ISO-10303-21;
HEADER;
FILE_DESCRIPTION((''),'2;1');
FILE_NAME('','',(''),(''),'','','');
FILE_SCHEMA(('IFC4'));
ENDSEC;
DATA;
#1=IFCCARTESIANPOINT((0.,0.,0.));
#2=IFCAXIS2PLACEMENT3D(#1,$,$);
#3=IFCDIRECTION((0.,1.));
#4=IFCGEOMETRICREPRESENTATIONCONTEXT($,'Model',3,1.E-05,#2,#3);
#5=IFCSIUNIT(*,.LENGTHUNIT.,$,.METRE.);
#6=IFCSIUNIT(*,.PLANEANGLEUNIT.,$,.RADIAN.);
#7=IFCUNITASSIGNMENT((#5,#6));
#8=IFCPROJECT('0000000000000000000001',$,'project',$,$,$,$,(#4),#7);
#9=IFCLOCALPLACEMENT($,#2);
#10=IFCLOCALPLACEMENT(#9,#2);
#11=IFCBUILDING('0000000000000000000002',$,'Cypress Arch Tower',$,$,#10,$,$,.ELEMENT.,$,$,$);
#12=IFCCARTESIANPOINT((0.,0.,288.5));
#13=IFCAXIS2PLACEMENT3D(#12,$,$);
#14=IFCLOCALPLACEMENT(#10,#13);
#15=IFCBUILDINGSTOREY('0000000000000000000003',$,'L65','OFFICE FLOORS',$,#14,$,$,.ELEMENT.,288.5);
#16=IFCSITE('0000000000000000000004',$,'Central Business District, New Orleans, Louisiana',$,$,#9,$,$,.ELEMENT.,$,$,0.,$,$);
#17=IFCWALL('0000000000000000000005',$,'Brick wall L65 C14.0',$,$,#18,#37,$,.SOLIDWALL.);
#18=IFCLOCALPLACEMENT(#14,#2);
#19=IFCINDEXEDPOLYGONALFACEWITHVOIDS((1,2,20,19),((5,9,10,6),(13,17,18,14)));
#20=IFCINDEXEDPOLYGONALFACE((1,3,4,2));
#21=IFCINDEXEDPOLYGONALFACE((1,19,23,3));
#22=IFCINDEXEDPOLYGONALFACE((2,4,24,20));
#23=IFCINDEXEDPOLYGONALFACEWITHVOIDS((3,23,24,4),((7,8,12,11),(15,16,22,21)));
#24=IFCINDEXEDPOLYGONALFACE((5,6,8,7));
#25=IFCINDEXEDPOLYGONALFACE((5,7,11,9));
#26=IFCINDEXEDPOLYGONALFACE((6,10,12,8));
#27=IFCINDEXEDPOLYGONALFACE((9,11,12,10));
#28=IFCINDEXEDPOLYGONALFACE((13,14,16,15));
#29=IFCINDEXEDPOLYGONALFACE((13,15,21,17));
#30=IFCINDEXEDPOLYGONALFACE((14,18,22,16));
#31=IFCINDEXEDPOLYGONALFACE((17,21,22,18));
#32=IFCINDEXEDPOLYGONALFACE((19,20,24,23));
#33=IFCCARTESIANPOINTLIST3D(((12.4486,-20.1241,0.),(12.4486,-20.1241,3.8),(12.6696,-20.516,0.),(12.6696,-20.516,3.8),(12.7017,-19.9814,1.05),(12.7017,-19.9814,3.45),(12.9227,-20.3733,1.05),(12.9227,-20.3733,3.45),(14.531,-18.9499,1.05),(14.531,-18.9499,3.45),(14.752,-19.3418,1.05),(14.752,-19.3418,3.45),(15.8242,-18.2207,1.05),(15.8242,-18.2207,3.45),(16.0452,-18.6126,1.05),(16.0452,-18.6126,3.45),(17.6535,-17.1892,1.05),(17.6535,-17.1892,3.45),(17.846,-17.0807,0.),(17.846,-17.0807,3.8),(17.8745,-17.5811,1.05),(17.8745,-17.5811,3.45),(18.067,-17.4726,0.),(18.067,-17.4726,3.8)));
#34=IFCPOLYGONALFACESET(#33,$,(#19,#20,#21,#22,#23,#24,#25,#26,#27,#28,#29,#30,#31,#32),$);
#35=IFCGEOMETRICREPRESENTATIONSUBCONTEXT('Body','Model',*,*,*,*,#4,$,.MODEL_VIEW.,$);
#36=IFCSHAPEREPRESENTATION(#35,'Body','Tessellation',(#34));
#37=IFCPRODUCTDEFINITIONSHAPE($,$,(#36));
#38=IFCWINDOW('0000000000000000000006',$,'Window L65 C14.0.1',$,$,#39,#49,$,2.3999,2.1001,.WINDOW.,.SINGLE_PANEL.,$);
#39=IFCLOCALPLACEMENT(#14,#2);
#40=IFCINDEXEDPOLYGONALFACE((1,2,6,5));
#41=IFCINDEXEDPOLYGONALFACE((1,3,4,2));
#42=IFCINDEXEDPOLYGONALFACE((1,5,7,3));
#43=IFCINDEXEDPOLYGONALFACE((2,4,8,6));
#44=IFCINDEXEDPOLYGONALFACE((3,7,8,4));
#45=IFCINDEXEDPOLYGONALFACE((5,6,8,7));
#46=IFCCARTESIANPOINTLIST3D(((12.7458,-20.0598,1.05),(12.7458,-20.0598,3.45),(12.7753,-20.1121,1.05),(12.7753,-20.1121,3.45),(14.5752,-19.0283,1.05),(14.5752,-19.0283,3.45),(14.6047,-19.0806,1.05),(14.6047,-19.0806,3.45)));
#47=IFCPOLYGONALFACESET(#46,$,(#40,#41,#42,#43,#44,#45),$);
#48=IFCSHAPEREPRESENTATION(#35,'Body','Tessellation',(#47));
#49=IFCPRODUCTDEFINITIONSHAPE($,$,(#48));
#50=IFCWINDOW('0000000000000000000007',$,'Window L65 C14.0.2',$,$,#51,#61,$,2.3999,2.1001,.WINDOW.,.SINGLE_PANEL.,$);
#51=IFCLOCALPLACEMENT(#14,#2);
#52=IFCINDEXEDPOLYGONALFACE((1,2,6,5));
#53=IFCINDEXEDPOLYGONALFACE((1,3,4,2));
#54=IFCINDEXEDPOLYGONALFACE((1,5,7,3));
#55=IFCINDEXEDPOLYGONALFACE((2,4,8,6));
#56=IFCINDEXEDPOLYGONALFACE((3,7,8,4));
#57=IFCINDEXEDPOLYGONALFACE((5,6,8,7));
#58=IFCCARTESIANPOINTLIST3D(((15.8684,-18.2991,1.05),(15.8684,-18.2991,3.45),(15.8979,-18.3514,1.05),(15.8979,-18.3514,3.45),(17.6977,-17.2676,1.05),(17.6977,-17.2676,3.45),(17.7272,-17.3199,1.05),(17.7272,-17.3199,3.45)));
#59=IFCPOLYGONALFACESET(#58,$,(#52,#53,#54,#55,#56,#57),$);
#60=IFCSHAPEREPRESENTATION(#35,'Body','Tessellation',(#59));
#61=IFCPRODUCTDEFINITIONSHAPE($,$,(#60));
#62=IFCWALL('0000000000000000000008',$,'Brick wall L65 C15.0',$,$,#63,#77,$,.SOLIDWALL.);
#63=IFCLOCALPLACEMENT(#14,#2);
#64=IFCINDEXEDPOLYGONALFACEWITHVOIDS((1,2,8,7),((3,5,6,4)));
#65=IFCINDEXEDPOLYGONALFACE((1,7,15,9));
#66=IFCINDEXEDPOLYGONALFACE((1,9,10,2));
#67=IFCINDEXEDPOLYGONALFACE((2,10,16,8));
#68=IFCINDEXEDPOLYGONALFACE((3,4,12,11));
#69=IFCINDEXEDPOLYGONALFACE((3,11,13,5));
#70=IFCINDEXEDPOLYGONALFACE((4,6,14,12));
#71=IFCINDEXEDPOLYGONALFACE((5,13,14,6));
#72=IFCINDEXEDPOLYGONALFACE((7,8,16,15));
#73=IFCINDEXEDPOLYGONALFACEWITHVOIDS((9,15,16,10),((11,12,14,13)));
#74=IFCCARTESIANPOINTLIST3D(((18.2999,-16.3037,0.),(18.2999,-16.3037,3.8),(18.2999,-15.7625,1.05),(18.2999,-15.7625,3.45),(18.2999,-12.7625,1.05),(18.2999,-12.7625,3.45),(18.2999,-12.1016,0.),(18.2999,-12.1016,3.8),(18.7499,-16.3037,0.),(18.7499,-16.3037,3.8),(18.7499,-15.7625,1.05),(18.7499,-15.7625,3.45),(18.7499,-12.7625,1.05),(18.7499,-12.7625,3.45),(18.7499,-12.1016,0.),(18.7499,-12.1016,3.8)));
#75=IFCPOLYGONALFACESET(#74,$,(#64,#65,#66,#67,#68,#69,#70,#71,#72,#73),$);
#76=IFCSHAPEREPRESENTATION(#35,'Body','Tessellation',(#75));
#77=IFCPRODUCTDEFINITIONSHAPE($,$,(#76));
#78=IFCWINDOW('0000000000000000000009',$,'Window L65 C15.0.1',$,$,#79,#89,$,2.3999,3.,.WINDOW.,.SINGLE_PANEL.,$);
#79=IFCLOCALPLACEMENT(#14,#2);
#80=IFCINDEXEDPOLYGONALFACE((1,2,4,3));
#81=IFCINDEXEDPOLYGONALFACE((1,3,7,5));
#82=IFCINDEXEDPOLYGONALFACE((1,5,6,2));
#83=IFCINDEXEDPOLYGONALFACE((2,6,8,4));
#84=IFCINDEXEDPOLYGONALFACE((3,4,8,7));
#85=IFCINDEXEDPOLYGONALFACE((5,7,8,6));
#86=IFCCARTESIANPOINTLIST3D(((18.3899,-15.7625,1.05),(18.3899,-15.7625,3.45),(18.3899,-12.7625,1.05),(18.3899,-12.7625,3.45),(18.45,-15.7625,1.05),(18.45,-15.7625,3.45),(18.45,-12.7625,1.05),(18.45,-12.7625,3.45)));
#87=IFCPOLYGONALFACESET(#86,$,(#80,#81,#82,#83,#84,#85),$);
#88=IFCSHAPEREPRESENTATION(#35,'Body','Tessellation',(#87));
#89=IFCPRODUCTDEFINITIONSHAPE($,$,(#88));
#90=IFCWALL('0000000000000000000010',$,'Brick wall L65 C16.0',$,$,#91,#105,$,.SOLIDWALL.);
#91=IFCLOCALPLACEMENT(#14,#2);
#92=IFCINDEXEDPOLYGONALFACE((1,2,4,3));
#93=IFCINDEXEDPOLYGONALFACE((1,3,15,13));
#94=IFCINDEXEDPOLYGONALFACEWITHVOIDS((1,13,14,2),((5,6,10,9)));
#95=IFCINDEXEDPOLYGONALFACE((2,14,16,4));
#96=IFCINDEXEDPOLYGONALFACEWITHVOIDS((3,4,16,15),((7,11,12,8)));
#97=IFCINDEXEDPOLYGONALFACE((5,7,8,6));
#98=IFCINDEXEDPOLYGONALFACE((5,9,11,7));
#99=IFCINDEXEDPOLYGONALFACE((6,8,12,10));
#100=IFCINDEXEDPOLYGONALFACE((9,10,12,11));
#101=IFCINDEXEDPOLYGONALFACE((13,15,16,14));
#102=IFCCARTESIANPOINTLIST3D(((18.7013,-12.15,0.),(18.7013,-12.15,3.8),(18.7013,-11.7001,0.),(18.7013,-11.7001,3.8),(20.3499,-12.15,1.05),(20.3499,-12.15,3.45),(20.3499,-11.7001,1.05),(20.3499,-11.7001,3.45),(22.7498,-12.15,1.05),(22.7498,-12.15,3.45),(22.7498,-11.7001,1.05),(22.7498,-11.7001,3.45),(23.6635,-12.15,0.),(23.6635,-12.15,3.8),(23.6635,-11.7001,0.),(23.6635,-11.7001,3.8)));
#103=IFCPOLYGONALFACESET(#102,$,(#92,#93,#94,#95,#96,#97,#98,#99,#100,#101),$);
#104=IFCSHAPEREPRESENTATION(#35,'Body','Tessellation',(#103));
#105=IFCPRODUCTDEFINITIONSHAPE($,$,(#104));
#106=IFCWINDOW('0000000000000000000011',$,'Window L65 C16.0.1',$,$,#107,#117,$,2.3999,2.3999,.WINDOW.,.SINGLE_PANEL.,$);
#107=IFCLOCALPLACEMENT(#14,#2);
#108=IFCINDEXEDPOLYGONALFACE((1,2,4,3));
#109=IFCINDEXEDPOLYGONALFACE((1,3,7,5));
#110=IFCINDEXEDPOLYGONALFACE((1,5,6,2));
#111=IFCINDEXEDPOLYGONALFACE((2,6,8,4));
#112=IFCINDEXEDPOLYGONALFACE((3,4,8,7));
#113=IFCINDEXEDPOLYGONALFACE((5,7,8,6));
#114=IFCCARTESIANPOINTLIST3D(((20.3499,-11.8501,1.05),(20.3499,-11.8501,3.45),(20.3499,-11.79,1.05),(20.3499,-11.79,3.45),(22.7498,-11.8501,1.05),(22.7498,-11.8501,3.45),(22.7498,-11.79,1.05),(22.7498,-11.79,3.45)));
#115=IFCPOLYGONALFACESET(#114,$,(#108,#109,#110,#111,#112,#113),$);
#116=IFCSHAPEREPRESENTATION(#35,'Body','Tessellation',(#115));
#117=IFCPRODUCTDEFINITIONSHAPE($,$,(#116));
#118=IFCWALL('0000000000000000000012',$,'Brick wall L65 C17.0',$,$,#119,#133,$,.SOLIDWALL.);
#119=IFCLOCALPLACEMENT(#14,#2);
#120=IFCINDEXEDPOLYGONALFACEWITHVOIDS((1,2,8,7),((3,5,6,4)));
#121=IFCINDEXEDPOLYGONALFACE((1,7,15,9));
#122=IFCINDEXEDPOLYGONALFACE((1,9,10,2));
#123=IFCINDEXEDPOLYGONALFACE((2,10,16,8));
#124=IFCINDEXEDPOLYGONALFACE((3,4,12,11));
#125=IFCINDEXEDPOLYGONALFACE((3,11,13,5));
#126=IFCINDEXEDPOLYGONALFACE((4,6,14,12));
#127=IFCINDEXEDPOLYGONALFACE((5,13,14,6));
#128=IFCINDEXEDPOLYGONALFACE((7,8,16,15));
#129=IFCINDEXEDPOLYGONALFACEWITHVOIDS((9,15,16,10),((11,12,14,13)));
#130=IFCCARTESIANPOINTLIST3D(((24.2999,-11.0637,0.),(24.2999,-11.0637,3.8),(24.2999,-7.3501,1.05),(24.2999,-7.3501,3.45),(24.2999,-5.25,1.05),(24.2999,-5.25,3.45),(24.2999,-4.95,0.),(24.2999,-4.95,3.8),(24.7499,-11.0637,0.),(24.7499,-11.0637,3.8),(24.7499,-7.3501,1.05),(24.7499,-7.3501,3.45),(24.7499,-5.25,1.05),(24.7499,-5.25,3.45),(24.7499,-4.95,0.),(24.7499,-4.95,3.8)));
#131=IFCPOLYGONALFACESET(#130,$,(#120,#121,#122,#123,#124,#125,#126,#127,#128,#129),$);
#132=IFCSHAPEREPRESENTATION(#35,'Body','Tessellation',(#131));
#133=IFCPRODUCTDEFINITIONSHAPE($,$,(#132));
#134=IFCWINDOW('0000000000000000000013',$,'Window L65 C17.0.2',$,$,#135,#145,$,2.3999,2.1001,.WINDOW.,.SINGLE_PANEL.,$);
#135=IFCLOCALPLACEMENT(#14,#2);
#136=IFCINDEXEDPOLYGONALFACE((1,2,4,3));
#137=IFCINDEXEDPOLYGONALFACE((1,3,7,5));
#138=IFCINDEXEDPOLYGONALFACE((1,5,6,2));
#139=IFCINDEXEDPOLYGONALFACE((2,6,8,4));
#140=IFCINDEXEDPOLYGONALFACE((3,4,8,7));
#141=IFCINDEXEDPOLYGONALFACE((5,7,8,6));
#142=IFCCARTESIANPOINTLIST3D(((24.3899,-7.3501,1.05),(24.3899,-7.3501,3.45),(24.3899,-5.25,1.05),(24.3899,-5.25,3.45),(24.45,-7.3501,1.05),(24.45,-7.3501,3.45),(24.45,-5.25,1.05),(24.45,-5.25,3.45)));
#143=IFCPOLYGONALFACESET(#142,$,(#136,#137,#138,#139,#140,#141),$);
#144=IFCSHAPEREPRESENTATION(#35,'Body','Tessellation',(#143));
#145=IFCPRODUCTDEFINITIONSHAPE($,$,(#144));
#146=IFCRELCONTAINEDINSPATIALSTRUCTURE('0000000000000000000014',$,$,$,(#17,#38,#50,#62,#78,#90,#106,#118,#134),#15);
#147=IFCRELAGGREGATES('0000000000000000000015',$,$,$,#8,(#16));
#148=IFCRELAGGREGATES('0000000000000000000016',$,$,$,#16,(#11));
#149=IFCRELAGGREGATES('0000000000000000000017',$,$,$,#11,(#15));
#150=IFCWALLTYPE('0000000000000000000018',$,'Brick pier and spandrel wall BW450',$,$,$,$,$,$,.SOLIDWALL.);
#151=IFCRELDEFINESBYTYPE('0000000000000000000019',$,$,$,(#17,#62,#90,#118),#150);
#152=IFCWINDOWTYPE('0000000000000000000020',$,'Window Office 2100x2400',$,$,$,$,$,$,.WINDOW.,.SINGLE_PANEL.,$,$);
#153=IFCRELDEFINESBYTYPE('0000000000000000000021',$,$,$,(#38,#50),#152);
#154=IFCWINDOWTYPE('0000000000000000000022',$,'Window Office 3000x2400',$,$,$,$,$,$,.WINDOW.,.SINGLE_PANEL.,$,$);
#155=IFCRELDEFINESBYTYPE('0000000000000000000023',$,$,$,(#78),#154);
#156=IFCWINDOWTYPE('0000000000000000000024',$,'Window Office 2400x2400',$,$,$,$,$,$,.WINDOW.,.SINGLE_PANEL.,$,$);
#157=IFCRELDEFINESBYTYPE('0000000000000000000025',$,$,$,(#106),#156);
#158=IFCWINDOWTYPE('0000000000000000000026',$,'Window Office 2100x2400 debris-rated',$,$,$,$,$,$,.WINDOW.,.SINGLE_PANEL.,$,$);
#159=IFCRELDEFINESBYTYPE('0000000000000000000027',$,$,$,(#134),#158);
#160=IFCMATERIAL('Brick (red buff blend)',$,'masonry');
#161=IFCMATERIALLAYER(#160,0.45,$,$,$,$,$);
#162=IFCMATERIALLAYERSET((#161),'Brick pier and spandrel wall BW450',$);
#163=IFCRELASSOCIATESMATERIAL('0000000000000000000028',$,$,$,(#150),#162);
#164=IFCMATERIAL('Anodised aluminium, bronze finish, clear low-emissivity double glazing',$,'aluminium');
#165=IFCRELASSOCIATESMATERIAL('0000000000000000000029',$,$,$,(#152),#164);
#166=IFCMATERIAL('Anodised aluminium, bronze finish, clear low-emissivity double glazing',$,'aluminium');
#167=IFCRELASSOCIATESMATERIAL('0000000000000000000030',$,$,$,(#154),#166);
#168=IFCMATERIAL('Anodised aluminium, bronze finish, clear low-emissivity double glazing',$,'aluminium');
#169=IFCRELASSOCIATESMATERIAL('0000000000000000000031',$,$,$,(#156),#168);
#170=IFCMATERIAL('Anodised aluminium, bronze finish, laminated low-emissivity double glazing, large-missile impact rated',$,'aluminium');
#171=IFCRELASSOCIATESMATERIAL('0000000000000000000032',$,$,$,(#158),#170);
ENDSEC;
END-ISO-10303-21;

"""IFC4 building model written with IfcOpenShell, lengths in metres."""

from ifc_helpers import new_model, si_unit, direction, frame, frame_2d, origin, place, context, subcontext, project, spatial, rectangle, extrude, material, layer, layer_set, type_object, element, fill, save


model = new_model("IFC4")

# Units and contexts
model_context = context("Model", 3, precision=1e-05, world=origin(), true_north=direction((0.0, 1.0)))
body_context = subcontext(model_context, "Body", "Model", "MODEL_VIEW")
ifc_project = project(units=[si_unit("LENGTHUNIT", "METRE"), si_unit("PLANEANGLEUNIT", "RADIAN")], contexts=[model_context])

# Site, building, storey
site_placement = place(None, origin())
site = spatial("IfcSite", under=ifc_project, at=site_placement, Name="Central Business District, New Orleans, Louisiana", CompositionType="ELEMENT", RefElevation=0.0)
building_placement = place(site_placement, origin())
building = spatial("IfcBuilding", under=site, at=building_placement, Name="Cypress Arch Tower", CompositionType="ELEMENT")
storey_placement = place(building_placement, frame((0.0, 0.0, 288.5)))
storey = spatial("IfcBuildingStorey", under=building, at=storey_placement, Name="L65", Description="OFFICE FLOORS", CompositionType="ELEMENT", Elevation=288.5)

# Wall, openings, windows
ifc_material_1 = material(Name="Brick (red buff blend)", Category="masonry")
ifc_layer_1 = layer(ifc_material_1, 0.45)
ifc_layer_set_1 = layer_set([ifc_layer_1], Name="Brick pier and spandrel wall BW450")
wall_type_1 = type_object("IfcWallType", Name="Brick pier and spandrel wall BW450", PredefinedType="SOLIDWALL", material=ifc_layer_set_1)
wall_1_placement = place(storey_placement, frame((12.5591, -20.3201, 0.0), z_axis=(0.0, 0.0, 1.0), x_axis=(0.871066, 0.491166, 0.0)))
wall_1 = element("IfcWall", 1, at=wall_1_placement, inside=storey, type_object=wall_type_1, Name="Brick wall L65 C14.0", PredefinedType="SOLIDWALL", context=body_context, shape_type="SweptSolid", body=[
    extrude(rectangle(XDim=6.1963, YDim=0.45, at=frame_2d((3.0981, 0.0))), origin(), (0.0, 0.0, 1.0), 3.8),
])
opening_1_placement = place(wall_1_placement, frame((0.2905, 0.0, 1.05)))
opening_1 = element("IfcOpeningElement", 2, at=opening_1_placement, cuts=wall_1, PredefinedType="OPENING", context=body_context, shape_type="SweptSolid", body=[
    extrude(rectangle(XDim=2.1001, YDim=2.3999, at=frame_2d((1.05, 1.2))), frame((0.0, 0.2349, 0.0), z_axis=(0.0, -1.0, 0.0), x_axis=(1.0, 0.0, 0.0)), (0.0, 0.0, 1.0), 0.47),
])
opening_2_placement = place(wall_1_placement, frame((3.8752, 0.0, 1.05)))
opening_2 = element("IfcOpeningElement", 3, at=opening_2_placement, cuts=wall_1, PredefinedType="OPENING", context=body_context, shape_type="SweptSolid", body=[
    extrude(rectangle(XDim=2.1001, YDim=2.3999, at=frame_2d((1.05, 1.2))), frame((0.0, 0.2349, 0.0), z_axis=(0.0, -1.0, 0.0), x_axis=(1.0, 0.0, 0.0)), (0.0, 0.0, 1.0), 0.47),
])
ifc_material_2 = material(Name="Anodised aluminium, bronze finish, clear low-emissivity double glazing", Category="aluminium")
window_type_1 = type_object("IfcWindowType", Name="Window Office 2100x2400", PartitioningType="SINGLE_PANEL", PredefinedType="WINDOW", material=ifc_material_2)
window_1_placement = place(opening_1_placement, origin())
window_1 = element("IfcWindow", 4, at=window_1_placement, inside=storey, type_object=window_type_1, Name="Window L65 C14.0.1", OverallHeight=2.3999, OverallWidth=2.1001, PartitioningType="SINGLE_PANEL", PredefinedType="WINDOW", context=body_context, shape_type="SweptSolid", body=[
    extrude(rectangle(XDim=2.1001, YDim=2.3999, at=frame_2d((1.05, 1.2))), frame((0.0, 0.135, 0.0), z_axis=(0.0, -1.0, 0.0), x_axis=(1.0, 0.0, 0.0)), (0.0, 0.0, 1.0), 0.0601),
])
fill(opening_1, window_1)
window_2_placement = place(opening_2_placement, origin())
window_2 = element("IfcWindow", 5, at=window_2_placement, inside=storey, type_object=window_type_1, Name="Window L65 C14.0.2", OverallHeight=2.3999, OverallWidth=2.1001, PartitioningType="SINGLE_PANEL", PredefinedType="WINDOW", context=body_context, shape_type="SweptSolid", body=[
    extrude(rectangle(XDim=2.1001, YDim=2.3999, at=frame_2d((1.05, 1.2))), frame((0.0, 0.135, 0.0), z_axis=(0.0, -1.0, 0.0), x_axis=(1.0, 0.0, 0.0)), (0.0, 0.0, 1.0), 0.0601),
])
fill(opening_2, window_2)

# Walls, openings, windows
wall_2_placement = place(storey_placement, frame((18.5249, -16.3037, 0.0), z_axis=(0.0, 0.0, 1.0), x_axis=(0.0, 1.0, 0.0)))
wall_2 = element("IfcWall", 6, at=wall_2_placement, inside=storey, type_object=wall_type_1, Name="Brick wall L65 C15.0", PredefinedType="SOLIDWALL", context=body_context, shape_type="SweptSolid", body=[
    extrude(rectangle(XDim=4.2021, YDim=0.45, at=frame_2d((2.1011, 0.0))), origin(), (0.0, 0.0, 1.0), 3.8),
])
opening_3_placement = place(wall_2_placement, frame((0.5413, 0.0, 1.05)))
opening_3 = element("IfcOpeningElement", 7, at=opening_3_placement, cuts=wall_2, PredefinedType="OPENING", context=body_context, shape_type="SweptSolid", body=[
    extrude(rectangle(XDim=3.0, YDim=2.3999, at=frame_2d((1.5, 1.2))), frame((0.0, 0.2349, 0.0), z_axis=(0.0, -1.0, 0.0), x_axis=(1.0, 0.0, 0.0)), (0.0, 0.0, 1.0), 0.47),
])
ifc_material_3 = material(Name="Anodised aluminium, bronze finish, clear low-emissivity double glazing", Category="aluminium")
window_type_2 = type_object("IfcWindowType", Name="Window Office 3000x2400", PartitioningType="SINGLE_PANEL", PredefinedType="WINDOW", material=ifc_material_3)
window_3_placement = place(opening_3_placement, origin())
window_3 = element("IfcWindow", 8, at=window_3_placement, inside=storey, type_object=window_type_2, Name="Window L65 C15.0.1", OverallHeight=2.3999, OverallWidth=3.0, PartitioningType="SINGLE_PANEL", PredefinedType="WINDOW", context=body_context, shape_type="SweptSolid", body=[
    extrude(rectangle(XDim=3.0, YDim=2.3999, at=frame_2d((1.5, 1.2))), frame((0.0, 0.135, 0.0), z_axis=(0.0, -1.0, 0.0), x_axis=(1.0, 0.0, 0.0)), (0.0, 0.0, 1.0), 0.0601),
])
fill(opening_3, window_3)
wall_3_placement = place(storey_placement, frame((18.7014, -11.925, 0.0), z_axis=(0.0, 0.0, 1.0), x_axis=(1.0, 0.0, 0.0)))
wall_3 = element("IfcWall", 9, at=wall_3_placement, inside=storey, type_object=wall_type_1, Name="Brick wall L65 C16.0", PredefinedType="SOLIDWALL", context=body_context, shape_type="SweptSolid", body=[
    extrude(rectangle(XDim=4.9622, YDim=0.45, at=frame_2d((2.481, 0.0))), origin(), (0.0, 0.0, 1.0), 3.8),
])
opening_4_placement = place(wall_3_placement, frame((1.6484, 0.0, 1.05)))
opening_4 = element("IfcOpeningElement", 10, at=opening_4_placement, cuts=wall_3, PredefinedType="OPENING", context=body_context, shape_type="SweptSolid", body=[
    extrude(rectangle(XDim=2.3999, YDim=2.3999, at=frame_2d((1.2, 1.2))), frame((0.0, 0.2349, 0.0), z_axis=(0.0, -1.0, 0.0), x_axis=(1.0, 0.0, 0.0)), (0.0, 0.0, 1.0), 0.47),
])
ifc_material_4 = material(Name="Anodised aluminium, bronze finish, clear low-emissivity double glazing", Category="aluminium")
window_type_3 = type_object("IfcWindowType", Name="Window Office 2400x2400", PartitioningType="SINGLE_PANEL", PredefinedType="WINDOW", material=ifc_material_4)
window_4_placement = place(opening_4_placement, origin())
window_4 = element("IfcWindow", 11, at=window_4_placement, inside=storey, type_object=window_type_3, Name="Window L65 C16.0.1", OverallHeight=2.3999, OverallWidth=2.3999, PartitioningType="SINGLE_PANEL", PredefinedType="WINDOW", context=body_context, shape_type="SweptSolid", body=[
    extrude(rectangle(XDim=2.3999, YDim=2.3999, at=frame_2d((1.2, 1.2))), frame((0.0, 0.135, 0.0), z_axis=(0.0, -1.0, 0.0), x_axis=(1.0, 0.0, 0.0)), (0.0, 0.0, 1.0), 0.0601),
])
fill(opening_4, window_4)
wall_4_placement = place(storey_placement, frame((24.5249, -11.0637, 0.0), z_axis=(0.0, 0.0, 1.0), x_axis=(0.0, 1.0, 0.0)))
wall_4 = element("IfcWall", 12, at=wall_4_placement, inside=storey, type_object=wall_type_1, Name="Brick wall L65 C17.0", PredefinedType="SOLIDWALL", context=body_context, shape_type="SweptSolid", body=[
    extrude(rectangle(XDim=6.1138, YDim=0.45, at=frame_2d((3.0569, 0.0))), origin(), (0.0, 0.0, 1.0), 3.8),
])
opening_5_placement = place(wall_4_placement, frame((3.7136, 0.0, 1.05)))
opening_5 = element("IfcOpeningElement", 13, at=opening_5_placement, cuts=wall_4, PredefinedType="OPENING", context=body_context, shape_type="SweptSolid", body=[
    extrude(rectangle(XDim=2.1001, YDim=2.3999, at=frame_2d((1.05, 1.2))), frame((0.0, 0.2349, 0.0), z_axis=(0.0, -1.0, 0.0), x_axis=(1.0, 0.0, 0.0)), (0.0, 0.0, 1.0), 0.47),
])
ifc_material_5 = material(Name="Anodised aluminium, bronze finish, laminated low-emissivity double glazing, large-missile impact rated", Category="aluminium")
window_type_4 = type_object("IfcWindowType", Name="Window Office 2100x2400 debris-rated", PartitioningType="SINGLE_PANEL", PredefinedType="WINDOW", material=ifc_material_5)
window_5_placement = place(opening_5_placement, origin())
window_5 = element("IfcWindow", 14, at=window_5_placement, inside=storey, type_object=window_type_4, Name="Window L65 C17.0.2", OverallHeight=2.3999, OverallWidth=2.1001, PartitioningType="SINGLE_PANEL", PredefinedType="WINDOW", context=body_context, shape_type="SweptSolid", body=[
    extrude(rectangle(XDim=2.1001, YDim=2.3999, at=frame_2d((1.05, 1.2))), frame((0.0, 0.135, 0.0), z_axis=(0.0, -1.0, 0.0), x_axis=(1.0, 0.0, 0.0)), (0.0, 0.0, 1.0), 0.0601),
])
fill(opening_5, window_5)

save(model, "model.ifc")
